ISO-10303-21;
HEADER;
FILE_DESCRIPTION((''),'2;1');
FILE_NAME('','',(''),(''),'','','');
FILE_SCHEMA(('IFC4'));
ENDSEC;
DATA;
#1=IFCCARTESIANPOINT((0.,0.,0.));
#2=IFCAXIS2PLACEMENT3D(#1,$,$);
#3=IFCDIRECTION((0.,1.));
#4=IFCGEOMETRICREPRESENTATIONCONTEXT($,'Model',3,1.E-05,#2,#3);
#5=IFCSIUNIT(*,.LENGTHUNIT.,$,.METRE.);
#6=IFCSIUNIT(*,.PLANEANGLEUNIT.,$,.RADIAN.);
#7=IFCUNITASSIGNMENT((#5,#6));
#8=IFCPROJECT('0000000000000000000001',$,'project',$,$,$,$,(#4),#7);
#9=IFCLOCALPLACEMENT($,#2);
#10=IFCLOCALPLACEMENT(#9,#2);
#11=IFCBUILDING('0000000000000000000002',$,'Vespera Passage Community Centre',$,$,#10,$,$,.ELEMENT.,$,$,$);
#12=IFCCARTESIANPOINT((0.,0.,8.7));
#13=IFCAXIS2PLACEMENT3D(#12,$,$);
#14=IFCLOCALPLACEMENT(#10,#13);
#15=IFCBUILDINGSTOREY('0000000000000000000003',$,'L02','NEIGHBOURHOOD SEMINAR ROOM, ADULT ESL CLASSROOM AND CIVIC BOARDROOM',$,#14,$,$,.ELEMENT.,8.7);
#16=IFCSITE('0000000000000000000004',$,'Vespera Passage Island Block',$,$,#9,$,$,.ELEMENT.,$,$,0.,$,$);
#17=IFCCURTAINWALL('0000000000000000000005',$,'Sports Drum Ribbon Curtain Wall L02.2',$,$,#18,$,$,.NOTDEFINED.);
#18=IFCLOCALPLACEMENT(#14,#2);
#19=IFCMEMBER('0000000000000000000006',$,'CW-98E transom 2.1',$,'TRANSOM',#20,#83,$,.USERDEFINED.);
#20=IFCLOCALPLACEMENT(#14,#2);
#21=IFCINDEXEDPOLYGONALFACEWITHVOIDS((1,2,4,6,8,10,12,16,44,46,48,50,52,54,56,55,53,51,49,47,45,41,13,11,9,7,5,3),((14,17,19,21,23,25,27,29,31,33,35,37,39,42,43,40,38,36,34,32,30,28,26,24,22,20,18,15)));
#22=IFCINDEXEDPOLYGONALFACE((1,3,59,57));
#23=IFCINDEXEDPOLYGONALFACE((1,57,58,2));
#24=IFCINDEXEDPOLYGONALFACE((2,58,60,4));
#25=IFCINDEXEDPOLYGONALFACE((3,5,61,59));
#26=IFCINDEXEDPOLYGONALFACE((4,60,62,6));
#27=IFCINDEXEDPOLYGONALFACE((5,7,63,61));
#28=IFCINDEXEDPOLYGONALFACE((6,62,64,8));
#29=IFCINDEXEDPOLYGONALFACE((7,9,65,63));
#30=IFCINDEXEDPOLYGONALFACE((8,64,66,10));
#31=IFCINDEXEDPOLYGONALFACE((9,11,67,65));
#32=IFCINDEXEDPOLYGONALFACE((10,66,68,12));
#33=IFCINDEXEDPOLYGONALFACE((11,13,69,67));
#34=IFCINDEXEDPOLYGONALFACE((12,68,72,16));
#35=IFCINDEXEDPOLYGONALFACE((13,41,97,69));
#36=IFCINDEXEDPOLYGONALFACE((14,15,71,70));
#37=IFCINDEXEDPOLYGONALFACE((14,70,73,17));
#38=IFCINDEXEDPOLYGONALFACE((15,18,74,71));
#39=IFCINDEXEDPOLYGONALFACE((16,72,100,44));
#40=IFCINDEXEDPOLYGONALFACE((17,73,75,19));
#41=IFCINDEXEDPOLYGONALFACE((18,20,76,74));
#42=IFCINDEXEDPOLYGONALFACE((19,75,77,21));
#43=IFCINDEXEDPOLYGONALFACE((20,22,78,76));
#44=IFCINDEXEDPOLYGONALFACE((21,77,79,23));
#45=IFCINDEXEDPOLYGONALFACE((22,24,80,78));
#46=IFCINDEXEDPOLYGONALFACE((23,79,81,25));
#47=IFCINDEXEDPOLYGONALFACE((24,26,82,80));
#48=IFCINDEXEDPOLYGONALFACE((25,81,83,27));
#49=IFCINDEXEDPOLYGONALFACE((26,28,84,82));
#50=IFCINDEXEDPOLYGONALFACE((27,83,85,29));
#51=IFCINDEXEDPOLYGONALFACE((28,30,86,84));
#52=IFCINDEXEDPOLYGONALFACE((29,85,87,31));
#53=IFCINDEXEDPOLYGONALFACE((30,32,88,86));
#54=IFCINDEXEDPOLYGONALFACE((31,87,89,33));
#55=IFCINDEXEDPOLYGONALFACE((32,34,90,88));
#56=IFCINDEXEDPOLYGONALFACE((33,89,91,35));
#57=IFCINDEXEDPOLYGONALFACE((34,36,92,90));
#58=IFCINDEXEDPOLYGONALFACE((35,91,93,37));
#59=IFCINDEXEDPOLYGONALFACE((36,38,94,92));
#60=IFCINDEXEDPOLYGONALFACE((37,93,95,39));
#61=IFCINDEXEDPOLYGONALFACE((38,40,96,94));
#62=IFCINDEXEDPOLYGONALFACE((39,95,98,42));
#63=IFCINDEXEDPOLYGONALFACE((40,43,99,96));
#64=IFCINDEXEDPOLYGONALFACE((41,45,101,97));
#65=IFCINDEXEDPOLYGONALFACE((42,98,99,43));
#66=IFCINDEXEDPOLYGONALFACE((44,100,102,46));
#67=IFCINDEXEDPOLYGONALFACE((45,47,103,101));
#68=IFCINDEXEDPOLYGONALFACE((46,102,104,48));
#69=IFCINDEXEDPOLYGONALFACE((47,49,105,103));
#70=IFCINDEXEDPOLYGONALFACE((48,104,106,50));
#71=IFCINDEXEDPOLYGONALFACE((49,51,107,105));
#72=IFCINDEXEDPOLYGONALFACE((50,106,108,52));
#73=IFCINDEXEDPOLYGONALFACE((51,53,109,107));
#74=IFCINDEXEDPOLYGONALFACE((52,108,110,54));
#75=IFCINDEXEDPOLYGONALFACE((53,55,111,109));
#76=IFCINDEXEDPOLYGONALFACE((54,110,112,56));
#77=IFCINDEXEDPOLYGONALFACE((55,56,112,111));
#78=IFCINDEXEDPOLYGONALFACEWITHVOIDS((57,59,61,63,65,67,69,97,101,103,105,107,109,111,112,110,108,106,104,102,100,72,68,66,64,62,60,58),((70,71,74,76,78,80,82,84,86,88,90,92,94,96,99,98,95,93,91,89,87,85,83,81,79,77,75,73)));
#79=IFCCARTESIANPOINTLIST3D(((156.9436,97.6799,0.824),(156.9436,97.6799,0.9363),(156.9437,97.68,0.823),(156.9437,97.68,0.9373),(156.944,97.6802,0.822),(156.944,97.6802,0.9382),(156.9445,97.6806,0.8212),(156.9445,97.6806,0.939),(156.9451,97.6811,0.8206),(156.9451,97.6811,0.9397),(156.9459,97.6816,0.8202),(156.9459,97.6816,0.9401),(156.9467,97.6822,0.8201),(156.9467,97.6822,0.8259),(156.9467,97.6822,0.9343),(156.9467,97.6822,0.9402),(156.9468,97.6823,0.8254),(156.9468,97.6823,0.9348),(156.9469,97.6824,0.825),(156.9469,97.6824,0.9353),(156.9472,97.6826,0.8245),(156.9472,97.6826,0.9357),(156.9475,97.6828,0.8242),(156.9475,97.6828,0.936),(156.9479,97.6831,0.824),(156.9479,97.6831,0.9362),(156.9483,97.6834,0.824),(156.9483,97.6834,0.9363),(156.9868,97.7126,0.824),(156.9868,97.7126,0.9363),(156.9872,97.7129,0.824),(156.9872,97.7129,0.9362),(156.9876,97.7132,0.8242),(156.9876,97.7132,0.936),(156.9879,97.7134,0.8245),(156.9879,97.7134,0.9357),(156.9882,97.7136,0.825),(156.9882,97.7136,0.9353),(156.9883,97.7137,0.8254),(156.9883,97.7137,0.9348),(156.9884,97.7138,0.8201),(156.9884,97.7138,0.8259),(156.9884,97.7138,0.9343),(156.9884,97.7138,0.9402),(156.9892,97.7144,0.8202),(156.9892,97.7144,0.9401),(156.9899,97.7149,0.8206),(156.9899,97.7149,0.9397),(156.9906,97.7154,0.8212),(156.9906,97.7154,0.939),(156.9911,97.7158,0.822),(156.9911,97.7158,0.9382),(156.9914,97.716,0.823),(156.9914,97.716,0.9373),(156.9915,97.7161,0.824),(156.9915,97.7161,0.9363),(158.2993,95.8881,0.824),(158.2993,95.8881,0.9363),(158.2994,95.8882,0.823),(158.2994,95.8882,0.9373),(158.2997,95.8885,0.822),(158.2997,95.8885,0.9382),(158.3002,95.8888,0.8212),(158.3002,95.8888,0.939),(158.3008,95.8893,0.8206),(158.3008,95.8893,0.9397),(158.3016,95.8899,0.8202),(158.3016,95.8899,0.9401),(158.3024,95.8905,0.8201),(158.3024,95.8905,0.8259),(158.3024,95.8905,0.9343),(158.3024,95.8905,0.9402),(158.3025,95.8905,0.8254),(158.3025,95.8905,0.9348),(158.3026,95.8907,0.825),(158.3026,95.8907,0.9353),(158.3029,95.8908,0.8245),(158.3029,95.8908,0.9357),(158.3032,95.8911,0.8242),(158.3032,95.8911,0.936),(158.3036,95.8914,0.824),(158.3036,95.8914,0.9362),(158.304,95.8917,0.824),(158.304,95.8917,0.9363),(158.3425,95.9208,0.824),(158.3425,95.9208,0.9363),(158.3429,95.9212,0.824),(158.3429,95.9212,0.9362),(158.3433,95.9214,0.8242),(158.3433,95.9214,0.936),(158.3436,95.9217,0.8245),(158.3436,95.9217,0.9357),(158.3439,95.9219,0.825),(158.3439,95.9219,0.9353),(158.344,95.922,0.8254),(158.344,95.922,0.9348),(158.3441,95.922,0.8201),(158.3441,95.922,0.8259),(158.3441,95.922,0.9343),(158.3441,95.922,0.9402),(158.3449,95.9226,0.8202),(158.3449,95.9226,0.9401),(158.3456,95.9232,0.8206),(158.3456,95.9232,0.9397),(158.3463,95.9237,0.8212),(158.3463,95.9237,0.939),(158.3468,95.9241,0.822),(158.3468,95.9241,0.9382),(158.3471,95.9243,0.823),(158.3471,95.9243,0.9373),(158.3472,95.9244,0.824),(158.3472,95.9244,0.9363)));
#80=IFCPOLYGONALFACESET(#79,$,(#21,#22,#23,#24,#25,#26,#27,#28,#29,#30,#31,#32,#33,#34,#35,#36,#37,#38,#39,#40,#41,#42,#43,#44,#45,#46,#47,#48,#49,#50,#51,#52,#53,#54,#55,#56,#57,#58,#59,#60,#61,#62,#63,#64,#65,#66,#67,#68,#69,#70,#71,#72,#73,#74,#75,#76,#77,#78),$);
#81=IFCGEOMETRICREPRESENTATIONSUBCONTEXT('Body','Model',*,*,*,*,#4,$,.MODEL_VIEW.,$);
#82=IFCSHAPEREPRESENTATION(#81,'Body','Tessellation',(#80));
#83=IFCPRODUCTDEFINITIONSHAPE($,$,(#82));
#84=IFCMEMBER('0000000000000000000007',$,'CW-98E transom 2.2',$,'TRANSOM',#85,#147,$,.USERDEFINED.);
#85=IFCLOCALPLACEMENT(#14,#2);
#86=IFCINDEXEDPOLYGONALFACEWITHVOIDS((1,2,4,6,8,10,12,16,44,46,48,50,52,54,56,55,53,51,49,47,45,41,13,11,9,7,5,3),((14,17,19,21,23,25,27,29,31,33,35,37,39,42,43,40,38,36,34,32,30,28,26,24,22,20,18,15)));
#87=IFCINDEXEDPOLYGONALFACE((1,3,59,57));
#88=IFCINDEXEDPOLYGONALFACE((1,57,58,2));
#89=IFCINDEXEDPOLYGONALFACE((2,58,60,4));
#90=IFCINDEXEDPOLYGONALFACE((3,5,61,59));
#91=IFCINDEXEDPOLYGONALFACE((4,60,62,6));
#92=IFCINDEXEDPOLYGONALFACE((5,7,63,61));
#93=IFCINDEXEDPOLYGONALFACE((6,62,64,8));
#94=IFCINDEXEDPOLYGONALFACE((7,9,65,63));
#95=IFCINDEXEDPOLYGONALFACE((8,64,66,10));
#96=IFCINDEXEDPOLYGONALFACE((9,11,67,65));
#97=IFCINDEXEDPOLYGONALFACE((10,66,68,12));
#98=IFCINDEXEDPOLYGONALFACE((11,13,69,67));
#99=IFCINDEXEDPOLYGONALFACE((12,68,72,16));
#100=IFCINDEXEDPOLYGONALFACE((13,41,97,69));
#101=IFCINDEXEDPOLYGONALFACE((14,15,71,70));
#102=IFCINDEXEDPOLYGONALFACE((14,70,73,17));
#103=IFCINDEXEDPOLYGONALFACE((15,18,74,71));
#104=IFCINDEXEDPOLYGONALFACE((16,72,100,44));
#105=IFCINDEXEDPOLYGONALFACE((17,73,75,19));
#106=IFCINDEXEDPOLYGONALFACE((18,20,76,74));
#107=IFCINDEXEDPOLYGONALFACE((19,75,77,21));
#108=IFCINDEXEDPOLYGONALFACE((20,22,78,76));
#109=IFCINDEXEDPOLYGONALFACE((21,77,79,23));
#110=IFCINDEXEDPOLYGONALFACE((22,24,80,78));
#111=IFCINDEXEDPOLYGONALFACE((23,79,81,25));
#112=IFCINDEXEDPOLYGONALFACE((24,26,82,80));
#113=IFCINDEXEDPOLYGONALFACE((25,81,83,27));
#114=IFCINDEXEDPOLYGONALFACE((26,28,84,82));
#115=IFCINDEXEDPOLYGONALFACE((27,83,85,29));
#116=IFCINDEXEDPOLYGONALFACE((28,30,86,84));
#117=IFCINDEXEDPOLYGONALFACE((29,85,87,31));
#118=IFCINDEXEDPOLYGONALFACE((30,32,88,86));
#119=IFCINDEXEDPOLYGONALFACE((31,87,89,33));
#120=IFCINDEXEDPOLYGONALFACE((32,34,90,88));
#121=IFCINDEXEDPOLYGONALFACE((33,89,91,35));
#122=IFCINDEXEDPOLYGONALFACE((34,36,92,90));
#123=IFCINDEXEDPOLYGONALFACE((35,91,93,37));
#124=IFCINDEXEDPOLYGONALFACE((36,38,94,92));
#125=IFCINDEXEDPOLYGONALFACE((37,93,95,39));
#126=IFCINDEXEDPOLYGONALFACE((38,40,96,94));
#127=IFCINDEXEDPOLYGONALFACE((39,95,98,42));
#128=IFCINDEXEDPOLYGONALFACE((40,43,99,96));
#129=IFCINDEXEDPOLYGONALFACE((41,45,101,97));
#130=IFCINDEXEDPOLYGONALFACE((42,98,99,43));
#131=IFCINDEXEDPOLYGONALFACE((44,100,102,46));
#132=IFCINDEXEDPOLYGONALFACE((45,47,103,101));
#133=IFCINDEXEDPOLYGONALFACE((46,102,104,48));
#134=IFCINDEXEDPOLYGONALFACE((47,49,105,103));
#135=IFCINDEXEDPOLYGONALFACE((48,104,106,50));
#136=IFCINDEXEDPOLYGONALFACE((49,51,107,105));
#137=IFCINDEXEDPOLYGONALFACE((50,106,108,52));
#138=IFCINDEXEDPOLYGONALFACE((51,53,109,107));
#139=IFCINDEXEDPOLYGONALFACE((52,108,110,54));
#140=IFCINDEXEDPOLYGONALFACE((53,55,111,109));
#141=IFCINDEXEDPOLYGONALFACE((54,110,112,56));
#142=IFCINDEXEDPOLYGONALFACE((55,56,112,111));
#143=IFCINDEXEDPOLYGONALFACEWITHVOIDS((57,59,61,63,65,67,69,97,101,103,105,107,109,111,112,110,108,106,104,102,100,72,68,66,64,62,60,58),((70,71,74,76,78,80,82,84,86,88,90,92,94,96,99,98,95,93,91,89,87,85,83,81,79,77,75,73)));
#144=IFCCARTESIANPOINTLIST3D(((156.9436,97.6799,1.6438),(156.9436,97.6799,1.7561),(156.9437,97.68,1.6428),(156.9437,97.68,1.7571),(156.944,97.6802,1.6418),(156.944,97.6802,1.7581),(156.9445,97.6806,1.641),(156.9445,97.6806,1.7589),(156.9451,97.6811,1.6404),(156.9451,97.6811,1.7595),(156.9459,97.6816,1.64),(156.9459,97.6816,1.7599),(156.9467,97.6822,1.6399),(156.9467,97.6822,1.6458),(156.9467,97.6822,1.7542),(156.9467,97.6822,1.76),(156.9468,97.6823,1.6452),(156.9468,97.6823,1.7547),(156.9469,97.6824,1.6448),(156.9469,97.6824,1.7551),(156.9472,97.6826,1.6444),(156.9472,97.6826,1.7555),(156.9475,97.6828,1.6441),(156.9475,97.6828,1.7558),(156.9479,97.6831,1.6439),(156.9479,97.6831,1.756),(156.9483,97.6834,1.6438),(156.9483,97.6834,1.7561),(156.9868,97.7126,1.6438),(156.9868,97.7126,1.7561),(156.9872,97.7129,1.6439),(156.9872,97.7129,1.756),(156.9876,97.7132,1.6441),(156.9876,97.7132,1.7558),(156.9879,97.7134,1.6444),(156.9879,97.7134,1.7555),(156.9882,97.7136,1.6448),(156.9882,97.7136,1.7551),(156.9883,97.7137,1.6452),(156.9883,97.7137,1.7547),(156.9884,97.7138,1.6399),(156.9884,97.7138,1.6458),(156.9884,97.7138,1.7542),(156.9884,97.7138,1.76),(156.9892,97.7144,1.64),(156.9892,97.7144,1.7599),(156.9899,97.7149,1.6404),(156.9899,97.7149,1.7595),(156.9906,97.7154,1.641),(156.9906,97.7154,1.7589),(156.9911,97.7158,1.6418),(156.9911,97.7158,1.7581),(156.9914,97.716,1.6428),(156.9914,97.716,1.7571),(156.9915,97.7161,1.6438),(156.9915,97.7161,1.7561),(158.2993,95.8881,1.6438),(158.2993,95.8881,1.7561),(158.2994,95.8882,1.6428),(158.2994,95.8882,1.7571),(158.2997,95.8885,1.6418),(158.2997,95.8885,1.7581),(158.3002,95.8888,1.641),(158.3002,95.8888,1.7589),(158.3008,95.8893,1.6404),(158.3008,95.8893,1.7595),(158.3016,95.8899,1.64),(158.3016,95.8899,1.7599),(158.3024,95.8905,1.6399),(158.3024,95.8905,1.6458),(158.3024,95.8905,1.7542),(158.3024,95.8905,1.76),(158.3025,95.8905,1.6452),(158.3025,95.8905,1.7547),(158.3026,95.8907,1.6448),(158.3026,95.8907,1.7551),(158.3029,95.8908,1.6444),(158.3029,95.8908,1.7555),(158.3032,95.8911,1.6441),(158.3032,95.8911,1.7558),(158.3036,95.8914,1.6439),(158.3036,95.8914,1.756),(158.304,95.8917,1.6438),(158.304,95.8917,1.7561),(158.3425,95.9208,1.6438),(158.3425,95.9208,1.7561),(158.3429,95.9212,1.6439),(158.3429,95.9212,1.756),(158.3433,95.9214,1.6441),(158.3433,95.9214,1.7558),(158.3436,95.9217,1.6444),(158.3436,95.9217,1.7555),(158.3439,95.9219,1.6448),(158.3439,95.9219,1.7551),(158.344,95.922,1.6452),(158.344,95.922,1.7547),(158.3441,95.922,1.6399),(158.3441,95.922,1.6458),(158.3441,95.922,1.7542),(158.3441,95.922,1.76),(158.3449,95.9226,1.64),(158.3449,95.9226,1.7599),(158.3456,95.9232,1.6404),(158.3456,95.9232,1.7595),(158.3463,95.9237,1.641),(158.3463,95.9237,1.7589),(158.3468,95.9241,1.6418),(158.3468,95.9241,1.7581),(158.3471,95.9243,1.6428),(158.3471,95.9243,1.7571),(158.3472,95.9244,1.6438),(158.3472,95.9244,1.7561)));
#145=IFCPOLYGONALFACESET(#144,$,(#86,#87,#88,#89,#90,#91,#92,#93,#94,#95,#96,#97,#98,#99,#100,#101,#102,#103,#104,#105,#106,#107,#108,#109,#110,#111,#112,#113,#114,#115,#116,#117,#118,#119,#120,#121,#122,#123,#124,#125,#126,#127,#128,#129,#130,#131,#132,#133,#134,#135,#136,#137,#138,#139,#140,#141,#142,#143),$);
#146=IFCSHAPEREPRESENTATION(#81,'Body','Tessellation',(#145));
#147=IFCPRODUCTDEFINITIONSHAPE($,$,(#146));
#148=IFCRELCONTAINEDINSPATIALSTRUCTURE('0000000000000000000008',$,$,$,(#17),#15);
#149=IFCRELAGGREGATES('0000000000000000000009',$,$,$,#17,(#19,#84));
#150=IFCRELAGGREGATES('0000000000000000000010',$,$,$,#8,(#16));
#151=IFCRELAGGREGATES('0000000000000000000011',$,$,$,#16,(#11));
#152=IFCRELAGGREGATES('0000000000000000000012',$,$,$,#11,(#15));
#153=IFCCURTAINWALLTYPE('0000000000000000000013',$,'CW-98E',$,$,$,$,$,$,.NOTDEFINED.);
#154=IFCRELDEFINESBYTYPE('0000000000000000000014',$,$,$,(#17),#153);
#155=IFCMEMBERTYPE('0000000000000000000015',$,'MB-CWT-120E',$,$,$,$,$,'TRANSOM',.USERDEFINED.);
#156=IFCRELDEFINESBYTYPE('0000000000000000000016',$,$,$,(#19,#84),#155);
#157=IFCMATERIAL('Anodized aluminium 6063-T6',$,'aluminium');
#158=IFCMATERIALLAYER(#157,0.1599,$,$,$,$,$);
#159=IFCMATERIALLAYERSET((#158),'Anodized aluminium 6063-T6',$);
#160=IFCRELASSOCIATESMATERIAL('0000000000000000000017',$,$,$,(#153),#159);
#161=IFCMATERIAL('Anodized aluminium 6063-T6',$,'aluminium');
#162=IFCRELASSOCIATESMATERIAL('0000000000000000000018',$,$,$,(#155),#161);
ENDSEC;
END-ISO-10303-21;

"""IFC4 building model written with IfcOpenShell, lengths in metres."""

from ifc_helpers import new_model, si_unit, direction, frame, origin, origin_2d, place, context, subcontext, project, spatial, hollow_rectangle, extrude, material, layer, layer_set, material_profile, profile_set, type_object, element, aggregate, save


model = new_model("IFC4")

# Units and contexts
model_context = context("Model", 3, precision=1e-05, world=origin(), true_north=direction((0.0, 1.0)))
body_context = subcontext(model_context, "Body", "Model", "MODEL_VIEW")
ifc_project = project(units=[si_unit("LENGTHUNIT", "METRE"), si_unit("PLANEANGLEUNIT", "RADIAN")], contexts=[model_context])

# Site, building, storey
site_placement = place(None, origin())
site = spatial("IfcSite", under=ifc_project, at=site_placement, Name="Vespera Passage Island Block", CompositionType="ELEMENT", RefElevation=0.0)
building_placement = place(site_placement, origin())
building = spatial("IfcBuilding", under=site, at=building_placement, Name="Vespera Passage Community Centre", CompositionType="ELEMENT")
storey_placement = place(building_placement, frame((0.0, 0.0, 8.7)))
storey = spatial("IfcBuildingStorey", under=building, at=storey_placement, Name="L02", Description="NEIGHBOURHOOD SEMINAR ROOM, ADULT ESL CLASSROOM AND CIVIC BOARDROOM", CompositionType="ELEMENT", Elevation=8.7)

# Curtain wall
ifc_material_1 = material(Name="Anodized aluminium 6063-T6", Category="aluminium")
ifc_layer_1 = layer(ifc_material_1, 0.1599)
ifc_layer_set_1 = layer_set([ifc_layer_1], Name="Anodized aluminium 6063-T6")
curtain_wall_type_1 = type_object("IfcCurtainWallType", Name="CW-98E", PredefinedType="NOTDEFINED", material=ifc_layer_set_1)
curtain_wall_1_placement = place(storey_placement, origin())
curtain_wall_1 = element("IfcCurtainWall", 1, at=curtain_wall_1_placement, inside=storey, type_object=curtain_wall_type_1, Name="Sports Drum Ribbon Curtain Wall L02.2", PredefinedType="NOTDEFINED")

# Members
ifc_material_2 = material(Name="Anodized aluminium 6063-T6", Category="aluminium")
ifc_material_profile_1 = material_profile(ifc_material_2, hollow_rectangle(XDim=0.0601, YDim=0.1201, WallThickness=0.0039, InnerFilletRadius=0.002, OuterFilletRadius=0.0039, at=origin_2d()), Name="ALU120X60X4")
ifc_profile_set_1 = profile_set([ifc_material_profile_1], Name="Anodized aluminium 6063-T6")
member_type_1 = type_object("IfcMemberType", Name="MB-CWT-120E", ElementType="TRANSOM", PredefinedType="USERDEFINED", material=ifc_profile_set_1)
member_1_placement = place(storey_placement, frame((156.9675, 97.698, 0.8801), z_axis=(0.603385, -0.79745, 0.0), x_axis=(0.79745, 0.603385, 0.0)))
member_1 = element("IfcMember", 2, at=member_1_placement, type_object=member_type_1, Name="CW-98E transom 2.1", ObjectType="TRANSOM", PredefinedType="USERDEFINED", context=body_context, shape_type="SweptSolid", body=[
    extrude(hollow_rectangle(XDim=0.0601, YDim=0.1201, WallThickness=0.0039, InnerFilletRadius=0.002, OuterFilletRadius=0.0039, at=origin_2d()), origin(), (0.0, 0.0, 1.0), 2.2468),
])
member_2_placement = place(storey_placement, frame((156.9675, 97.698, 1.7), z_axis=(0.603385, -0.79745, 0.0), x_axis=(0.79745, 0.603385, 0.0)))
member_2 = element("IfcMember", 3, at=member_2_placement, type_object=member_type_1, Name="CW-98E transom 2.2", ObjectType="TRANSOM", PredefinedType="USERDEFINED", context=body_context, shape_type="SweptSolid", body=[
    extrude(hollow_rectangle(XDim=0.0601, YDim=0.1201, WallThickness=0.0039, InnerFilletRadius=0.002, OuterFilletRadius=0.0039, at=origin_2d()), origin(), (0.0, 0.0, 1.0), 2.2468),
])

aggregate(curtain_wall_1, [member_1, member_2])

save(model, "model.ifc")
